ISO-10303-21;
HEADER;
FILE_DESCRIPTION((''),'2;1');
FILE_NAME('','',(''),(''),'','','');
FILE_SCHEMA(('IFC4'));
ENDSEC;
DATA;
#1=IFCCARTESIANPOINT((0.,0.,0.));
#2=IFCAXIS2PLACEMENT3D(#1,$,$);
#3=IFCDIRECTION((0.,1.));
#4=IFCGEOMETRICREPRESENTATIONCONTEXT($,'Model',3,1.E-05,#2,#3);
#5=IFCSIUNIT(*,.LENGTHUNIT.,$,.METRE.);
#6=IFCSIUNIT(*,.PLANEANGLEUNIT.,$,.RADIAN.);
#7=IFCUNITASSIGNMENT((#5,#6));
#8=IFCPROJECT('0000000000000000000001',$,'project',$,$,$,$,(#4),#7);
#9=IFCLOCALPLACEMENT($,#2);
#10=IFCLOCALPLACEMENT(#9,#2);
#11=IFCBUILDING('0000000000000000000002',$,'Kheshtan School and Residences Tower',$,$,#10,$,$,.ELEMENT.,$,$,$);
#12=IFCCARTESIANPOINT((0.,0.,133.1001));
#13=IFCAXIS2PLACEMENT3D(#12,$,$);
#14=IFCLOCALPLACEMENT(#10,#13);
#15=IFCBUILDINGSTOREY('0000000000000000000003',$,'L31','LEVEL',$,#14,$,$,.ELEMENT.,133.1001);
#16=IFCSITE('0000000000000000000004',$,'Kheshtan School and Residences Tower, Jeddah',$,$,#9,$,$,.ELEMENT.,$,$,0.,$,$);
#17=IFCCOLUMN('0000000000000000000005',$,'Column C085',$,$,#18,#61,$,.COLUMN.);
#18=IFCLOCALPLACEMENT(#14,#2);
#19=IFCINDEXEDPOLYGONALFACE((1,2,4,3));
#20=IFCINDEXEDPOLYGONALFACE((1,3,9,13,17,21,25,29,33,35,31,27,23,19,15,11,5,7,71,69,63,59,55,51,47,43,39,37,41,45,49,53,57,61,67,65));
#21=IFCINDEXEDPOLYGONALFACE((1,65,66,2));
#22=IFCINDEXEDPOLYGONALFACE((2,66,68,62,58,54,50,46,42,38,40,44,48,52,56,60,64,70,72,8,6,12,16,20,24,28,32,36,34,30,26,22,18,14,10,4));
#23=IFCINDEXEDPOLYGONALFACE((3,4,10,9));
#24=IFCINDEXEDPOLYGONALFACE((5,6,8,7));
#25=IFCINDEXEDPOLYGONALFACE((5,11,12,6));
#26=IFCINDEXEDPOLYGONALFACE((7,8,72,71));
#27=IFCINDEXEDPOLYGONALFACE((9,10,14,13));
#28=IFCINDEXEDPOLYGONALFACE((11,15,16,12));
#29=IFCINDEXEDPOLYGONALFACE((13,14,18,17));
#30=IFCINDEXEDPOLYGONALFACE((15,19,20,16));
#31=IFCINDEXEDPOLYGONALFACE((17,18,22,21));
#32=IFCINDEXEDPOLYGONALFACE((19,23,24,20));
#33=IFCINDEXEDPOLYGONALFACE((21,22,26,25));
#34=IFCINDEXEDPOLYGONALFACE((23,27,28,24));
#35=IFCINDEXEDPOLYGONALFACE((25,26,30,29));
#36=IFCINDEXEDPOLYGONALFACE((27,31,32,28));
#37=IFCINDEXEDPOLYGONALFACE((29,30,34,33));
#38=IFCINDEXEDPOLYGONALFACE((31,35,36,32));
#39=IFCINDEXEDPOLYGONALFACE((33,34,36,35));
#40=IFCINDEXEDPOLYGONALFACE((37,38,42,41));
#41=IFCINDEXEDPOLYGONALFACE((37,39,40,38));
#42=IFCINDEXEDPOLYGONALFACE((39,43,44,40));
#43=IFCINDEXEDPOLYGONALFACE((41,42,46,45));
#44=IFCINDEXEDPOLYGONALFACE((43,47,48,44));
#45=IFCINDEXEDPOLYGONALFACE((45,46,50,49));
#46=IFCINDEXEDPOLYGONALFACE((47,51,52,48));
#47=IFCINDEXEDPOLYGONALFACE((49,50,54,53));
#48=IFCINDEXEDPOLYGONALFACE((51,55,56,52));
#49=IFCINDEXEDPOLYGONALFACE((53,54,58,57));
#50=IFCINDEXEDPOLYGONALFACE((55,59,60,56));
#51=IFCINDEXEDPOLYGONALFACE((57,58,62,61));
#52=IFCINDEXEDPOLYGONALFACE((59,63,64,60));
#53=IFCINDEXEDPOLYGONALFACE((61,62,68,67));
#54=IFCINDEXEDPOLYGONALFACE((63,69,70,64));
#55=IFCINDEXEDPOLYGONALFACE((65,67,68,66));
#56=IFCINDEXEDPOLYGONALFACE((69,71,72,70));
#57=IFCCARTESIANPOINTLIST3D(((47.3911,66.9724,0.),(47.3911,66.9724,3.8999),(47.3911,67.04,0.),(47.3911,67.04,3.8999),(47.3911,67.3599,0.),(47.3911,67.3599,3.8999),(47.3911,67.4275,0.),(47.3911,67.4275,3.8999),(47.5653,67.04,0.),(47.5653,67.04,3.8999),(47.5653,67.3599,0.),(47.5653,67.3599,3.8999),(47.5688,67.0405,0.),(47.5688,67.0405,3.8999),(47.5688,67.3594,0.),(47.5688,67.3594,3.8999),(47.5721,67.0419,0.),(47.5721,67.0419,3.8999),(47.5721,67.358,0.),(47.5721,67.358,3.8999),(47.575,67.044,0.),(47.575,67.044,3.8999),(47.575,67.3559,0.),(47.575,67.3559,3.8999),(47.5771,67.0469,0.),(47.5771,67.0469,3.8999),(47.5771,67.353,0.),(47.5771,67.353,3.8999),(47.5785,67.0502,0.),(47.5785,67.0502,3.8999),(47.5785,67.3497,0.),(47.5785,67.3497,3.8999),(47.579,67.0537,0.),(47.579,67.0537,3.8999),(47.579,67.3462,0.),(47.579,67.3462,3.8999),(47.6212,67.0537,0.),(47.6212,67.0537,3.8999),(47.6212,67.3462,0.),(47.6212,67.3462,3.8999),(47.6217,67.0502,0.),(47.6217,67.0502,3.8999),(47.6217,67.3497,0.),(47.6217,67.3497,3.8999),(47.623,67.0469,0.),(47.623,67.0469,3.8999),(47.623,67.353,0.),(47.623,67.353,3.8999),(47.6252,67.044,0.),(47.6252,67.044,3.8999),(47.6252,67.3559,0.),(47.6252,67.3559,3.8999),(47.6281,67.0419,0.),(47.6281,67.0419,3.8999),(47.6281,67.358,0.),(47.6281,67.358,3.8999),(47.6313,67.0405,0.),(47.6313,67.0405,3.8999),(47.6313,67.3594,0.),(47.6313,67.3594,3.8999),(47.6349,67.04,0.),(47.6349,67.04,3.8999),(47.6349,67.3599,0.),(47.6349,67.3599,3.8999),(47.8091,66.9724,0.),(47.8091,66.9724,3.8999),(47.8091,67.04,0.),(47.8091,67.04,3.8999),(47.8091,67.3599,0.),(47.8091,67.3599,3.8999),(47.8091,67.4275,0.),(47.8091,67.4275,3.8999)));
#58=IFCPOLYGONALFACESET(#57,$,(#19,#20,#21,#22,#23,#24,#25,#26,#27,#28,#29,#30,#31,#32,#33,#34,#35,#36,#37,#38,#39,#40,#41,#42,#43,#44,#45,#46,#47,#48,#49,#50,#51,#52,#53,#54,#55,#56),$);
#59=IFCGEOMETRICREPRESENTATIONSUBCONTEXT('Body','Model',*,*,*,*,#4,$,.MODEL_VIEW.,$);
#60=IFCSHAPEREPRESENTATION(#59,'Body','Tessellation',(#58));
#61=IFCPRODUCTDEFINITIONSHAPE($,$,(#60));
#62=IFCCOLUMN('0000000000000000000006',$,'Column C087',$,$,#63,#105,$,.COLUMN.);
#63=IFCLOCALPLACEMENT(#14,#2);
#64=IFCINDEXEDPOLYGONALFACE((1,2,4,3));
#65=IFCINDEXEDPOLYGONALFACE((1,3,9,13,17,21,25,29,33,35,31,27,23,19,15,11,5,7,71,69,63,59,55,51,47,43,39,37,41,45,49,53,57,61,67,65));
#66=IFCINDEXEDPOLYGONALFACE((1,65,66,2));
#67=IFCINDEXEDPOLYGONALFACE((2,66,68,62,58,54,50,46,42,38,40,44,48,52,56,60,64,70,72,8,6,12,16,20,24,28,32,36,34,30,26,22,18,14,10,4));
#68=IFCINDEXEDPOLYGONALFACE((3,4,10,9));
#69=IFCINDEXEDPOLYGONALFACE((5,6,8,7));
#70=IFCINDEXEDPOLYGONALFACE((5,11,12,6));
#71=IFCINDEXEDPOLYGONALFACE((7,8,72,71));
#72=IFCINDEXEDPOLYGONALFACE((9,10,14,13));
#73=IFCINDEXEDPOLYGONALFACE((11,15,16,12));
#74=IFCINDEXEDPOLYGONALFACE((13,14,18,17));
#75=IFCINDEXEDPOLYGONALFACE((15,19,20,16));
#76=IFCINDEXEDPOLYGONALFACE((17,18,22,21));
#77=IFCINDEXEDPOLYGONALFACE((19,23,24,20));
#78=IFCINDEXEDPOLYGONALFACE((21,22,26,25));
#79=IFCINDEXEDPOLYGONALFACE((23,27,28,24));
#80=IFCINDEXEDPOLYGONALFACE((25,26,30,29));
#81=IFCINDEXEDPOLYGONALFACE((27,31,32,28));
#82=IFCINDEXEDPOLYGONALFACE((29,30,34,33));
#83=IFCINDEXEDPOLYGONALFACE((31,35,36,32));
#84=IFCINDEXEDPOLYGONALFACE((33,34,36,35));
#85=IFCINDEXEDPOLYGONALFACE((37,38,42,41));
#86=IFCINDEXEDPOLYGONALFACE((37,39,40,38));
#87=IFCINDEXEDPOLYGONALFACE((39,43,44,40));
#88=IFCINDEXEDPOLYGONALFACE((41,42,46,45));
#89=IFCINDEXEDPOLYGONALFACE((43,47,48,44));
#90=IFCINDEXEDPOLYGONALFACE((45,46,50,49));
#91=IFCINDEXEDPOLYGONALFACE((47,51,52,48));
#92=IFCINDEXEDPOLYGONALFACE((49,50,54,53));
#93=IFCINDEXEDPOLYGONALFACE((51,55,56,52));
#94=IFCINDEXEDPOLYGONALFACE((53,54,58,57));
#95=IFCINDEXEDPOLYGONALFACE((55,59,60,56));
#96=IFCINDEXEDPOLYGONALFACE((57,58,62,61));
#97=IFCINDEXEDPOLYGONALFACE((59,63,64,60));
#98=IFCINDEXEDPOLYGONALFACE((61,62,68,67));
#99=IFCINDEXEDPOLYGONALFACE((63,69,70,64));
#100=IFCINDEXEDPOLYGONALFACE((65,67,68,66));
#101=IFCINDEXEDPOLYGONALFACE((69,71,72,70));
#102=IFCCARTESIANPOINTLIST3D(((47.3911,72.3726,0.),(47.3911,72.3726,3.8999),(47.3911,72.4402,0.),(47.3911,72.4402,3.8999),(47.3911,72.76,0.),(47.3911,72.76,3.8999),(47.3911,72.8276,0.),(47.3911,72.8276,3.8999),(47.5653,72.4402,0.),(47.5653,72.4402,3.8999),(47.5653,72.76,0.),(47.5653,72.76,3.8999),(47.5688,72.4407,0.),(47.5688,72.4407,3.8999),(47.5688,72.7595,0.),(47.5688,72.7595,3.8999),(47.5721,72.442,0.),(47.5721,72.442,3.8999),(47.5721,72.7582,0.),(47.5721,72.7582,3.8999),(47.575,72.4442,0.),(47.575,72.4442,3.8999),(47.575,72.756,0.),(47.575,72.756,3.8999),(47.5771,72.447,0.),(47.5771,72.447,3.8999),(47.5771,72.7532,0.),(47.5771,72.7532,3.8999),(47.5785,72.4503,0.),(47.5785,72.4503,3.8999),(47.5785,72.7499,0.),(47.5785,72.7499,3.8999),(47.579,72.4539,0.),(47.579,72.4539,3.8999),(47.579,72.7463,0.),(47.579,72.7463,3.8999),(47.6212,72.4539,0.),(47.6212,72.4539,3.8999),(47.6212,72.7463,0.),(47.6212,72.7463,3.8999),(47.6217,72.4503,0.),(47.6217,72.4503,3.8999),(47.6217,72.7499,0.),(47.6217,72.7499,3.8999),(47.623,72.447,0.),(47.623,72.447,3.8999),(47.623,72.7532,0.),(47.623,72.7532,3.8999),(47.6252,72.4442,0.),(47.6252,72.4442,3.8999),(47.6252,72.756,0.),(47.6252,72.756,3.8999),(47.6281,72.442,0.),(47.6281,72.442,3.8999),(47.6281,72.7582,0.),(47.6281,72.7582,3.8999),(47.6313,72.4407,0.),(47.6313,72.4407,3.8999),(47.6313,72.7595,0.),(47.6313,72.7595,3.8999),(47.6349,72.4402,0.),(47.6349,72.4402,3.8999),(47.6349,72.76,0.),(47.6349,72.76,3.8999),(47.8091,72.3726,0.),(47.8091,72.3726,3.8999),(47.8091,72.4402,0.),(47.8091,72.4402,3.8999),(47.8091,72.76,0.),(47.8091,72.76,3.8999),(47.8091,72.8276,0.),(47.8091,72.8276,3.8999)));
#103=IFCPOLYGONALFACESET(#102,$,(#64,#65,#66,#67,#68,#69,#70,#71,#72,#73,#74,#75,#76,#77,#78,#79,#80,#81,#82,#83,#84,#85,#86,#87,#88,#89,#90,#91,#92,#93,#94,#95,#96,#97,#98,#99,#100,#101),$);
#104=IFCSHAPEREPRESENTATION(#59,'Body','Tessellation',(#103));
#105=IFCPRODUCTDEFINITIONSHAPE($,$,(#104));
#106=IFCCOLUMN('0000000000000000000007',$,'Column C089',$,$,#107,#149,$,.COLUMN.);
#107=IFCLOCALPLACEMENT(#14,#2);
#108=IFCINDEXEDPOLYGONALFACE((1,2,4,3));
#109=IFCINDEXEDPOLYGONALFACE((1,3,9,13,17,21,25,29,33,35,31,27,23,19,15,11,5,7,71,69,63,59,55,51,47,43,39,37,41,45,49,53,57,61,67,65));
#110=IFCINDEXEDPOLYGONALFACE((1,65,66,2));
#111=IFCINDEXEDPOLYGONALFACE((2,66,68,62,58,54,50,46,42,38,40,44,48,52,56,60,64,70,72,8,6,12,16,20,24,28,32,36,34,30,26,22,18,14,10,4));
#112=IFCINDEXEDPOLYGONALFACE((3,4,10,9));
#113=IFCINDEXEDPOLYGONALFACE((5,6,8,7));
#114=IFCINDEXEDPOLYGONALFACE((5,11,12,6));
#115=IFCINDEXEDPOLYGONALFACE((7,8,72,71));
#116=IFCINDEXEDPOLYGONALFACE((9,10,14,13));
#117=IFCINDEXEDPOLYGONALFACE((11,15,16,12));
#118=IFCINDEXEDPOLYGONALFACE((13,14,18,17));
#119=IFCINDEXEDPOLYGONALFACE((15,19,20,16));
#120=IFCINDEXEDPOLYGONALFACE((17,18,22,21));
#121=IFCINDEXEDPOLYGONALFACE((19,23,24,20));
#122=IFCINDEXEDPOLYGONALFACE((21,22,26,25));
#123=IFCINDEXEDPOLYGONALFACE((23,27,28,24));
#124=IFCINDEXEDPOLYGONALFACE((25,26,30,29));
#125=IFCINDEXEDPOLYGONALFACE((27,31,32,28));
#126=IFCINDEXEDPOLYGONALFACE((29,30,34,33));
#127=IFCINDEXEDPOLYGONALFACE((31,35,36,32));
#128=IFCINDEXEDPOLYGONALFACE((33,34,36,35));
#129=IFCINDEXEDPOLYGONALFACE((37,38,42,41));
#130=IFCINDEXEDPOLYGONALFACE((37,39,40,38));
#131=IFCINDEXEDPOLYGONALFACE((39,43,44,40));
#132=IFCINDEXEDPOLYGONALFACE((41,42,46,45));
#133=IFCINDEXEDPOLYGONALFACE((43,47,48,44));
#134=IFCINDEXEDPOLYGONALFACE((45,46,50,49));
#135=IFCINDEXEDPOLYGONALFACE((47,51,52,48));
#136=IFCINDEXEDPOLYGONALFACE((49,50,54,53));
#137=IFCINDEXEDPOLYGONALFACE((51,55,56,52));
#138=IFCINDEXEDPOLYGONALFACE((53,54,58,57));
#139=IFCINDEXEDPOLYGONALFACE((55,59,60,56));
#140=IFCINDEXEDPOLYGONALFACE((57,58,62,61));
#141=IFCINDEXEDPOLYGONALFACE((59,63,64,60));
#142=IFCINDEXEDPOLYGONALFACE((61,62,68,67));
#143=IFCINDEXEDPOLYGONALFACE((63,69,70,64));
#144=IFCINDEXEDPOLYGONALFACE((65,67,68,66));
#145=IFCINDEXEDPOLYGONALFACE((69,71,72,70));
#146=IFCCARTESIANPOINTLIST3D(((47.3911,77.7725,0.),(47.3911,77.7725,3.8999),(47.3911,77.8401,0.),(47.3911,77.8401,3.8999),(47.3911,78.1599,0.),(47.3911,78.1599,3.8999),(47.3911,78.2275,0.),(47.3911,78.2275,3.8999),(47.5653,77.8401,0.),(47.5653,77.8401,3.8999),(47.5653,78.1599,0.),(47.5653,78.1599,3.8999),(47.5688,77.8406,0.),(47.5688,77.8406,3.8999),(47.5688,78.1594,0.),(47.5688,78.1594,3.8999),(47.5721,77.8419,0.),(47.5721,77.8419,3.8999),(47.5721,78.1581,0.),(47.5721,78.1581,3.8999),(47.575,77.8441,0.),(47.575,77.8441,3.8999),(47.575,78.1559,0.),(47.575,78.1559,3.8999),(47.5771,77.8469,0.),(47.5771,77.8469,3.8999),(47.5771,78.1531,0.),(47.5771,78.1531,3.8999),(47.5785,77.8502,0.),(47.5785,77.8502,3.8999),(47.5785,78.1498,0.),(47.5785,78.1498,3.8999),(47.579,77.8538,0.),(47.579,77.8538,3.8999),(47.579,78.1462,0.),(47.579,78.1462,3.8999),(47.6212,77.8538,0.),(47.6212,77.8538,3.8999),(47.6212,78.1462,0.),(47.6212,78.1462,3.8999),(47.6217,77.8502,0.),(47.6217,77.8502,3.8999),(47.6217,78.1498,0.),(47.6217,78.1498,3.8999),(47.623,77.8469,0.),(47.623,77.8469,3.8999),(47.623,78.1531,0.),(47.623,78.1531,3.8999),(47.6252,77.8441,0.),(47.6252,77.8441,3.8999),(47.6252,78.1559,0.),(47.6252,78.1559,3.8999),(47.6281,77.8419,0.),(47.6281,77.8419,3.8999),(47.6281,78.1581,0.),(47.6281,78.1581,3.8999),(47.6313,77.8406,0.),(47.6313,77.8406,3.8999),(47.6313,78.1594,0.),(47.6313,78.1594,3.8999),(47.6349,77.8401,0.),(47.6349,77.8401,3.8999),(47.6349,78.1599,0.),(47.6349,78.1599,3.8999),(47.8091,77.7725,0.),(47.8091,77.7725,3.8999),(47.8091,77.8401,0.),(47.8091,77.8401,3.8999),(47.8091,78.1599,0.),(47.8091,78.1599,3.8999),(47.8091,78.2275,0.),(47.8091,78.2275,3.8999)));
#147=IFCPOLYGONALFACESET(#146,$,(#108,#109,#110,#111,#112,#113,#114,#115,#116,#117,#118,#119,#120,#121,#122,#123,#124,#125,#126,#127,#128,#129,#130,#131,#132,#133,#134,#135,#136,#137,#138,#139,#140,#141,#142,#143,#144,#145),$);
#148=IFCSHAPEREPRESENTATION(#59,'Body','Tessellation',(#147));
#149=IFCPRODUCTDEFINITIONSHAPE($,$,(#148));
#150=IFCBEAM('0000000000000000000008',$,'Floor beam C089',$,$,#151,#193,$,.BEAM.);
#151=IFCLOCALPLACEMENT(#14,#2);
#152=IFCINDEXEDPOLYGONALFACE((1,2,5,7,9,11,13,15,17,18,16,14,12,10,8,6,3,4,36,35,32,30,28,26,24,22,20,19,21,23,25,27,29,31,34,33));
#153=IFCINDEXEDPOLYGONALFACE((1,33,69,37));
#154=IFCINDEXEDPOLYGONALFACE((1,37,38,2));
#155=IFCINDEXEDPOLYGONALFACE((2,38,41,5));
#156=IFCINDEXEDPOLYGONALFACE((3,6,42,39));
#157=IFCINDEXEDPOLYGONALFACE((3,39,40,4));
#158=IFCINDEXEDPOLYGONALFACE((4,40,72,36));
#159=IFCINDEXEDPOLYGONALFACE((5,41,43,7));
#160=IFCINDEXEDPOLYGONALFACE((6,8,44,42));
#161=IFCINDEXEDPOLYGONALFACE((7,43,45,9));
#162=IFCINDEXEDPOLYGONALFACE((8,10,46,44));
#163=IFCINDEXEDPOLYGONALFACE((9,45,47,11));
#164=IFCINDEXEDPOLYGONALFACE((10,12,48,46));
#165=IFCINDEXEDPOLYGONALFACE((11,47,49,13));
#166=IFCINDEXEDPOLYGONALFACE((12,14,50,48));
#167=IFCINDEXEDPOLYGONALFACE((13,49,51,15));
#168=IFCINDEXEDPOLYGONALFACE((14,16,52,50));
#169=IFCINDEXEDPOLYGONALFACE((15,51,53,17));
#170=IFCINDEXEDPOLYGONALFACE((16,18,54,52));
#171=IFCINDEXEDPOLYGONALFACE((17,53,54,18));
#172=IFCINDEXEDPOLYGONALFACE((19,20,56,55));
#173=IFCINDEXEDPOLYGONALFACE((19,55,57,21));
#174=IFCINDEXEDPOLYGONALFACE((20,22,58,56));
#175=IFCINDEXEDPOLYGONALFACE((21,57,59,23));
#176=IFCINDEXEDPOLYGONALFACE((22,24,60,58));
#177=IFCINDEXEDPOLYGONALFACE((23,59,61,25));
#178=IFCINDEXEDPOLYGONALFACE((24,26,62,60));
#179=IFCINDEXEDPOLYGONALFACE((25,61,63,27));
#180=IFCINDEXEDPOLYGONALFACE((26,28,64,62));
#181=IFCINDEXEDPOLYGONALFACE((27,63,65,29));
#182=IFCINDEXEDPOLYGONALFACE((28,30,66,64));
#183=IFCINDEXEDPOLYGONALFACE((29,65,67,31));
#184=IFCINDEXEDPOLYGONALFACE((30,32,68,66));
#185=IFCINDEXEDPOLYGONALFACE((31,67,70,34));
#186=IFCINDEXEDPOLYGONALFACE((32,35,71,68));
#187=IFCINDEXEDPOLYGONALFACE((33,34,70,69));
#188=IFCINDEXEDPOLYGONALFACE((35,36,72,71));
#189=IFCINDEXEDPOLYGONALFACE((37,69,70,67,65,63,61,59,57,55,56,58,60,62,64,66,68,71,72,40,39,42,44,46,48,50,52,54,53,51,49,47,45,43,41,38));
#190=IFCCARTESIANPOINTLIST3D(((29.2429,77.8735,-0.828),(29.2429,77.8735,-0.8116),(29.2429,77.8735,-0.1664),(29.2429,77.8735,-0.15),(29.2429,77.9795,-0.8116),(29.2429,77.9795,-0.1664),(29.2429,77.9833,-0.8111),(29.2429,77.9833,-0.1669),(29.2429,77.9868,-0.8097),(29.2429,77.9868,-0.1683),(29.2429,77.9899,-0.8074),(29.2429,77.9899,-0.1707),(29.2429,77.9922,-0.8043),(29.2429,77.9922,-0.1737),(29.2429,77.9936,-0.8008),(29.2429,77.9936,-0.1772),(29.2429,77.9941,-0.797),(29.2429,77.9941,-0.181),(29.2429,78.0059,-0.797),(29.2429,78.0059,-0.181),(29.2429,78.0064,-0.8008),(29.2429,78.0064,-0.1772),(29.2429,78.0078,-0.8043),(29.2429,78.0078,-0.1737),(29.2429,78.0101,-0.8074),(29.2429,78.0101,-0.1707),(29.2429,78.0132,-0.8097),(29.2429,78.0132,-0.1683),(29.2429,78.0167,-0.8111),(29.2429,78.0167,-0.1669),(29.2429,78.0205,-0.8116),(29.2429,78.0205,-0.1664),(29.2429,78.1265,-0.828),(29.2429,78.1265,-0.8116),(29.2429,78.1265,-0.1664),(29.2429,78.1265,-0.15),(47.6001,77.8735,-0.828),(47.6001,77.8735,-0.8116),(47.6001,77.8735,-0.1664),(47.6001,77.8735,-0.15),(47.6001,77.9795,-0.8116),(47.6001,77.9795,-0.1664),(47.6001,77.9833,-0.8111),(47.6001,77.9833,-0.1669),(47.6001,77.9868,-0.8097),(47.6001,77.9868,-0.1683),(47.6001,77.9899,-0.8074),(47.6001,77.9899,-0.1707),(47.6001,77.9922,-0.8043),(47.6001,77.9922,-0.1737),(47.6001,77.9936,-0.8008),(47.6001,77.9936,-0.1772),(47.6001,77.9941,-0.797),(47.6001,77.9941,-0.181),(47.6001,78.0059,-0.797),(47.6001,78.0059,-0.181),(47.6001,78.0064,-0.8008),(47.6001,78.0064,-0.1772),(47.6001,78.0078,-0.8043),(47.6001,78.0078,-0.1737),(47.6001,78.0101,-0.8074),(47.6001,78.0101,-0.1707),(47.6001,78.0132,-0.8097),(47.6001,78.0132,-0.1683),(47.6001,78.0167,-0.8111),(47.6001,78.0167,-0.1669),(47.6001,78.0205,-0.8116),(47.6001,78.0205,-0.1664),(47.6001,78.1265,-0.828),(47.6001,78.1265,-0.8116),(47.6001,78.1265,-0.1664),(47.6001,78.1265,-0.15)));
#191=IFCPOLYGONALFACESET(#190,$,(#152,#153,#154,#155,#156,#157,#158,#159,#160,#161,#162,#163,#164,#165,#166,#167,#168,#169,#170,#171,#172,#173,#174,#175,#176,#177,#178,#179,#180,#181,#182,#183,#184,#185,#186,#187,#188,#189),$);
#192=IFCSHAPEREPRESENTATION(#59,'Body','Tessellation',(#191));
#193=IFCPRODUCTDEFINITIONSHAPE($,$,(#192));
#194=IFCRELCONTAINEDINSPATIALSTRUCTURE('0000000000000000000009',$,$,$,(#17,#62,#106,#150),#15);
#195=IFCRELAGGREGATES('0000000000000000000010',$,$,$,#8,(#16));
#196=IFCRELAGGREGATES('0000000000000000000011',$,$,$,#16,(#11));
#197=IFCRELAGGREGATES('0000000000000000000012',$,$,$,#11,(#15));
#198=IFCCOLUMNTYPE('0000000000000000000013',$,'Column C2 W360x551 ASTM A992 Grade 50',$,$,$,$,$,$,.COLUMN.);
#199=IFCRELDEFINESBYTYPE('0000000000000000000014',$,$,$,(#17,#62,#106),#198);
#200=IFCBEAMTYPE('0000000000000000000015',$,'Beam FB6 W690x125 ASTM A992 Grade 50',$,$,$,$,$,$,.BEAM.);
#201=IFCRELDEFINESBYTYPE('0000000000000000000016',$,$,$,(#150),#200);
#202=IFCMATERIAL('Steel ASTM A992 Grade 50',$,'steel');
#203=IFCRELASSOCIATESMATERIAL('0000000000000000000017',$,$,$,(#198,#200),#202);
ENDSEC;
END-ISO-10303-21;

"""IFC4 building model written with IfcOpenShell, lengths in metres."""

from ifc_helpers import new_model, si_unit, direction, frame, origin, origin_2d, place, context, subcontext, project, spatial, i_section, extrude, material, material_profile, profile_set, type_object, element, save


model = new_model("IFC4")

# Units and contexts
model_context = context("Model", 3, precision=1e-05, world=origin(), true_north=direction((0.0, 1.0)))
body_context = subcontext(model_context, "Body", "Model", "MODEL_VIEW")
ifc_project = project(units=[si_unit("LENGTHUNIT", "METRE"), si_unit("PLANEANGLEUNIT", "RADIAN")], contexts=[model_context])

# Site, building, storey
site_placement = place(None, origin())
site = spatial("IfcSite", under=ifc_project, at=site_placement, Name="Kheshtan School and Residences Tower, Jeddah", CompositionType="ELEMENT", RefElevation=0.0)
building_placement = place(site_placement, origin())
building = spatial("IfcBuilding", under=site, at=building_placement, Name="Kheshtan School and Residences Tower", CompositionType="ELEMENT")
storey_placement = place(building_placement, frame((0.0, 0.0, 133.1001)))
storey = spatial("IfcBuildingStorey", under=building, at=storey_placement, Name="L31", Description="LEVEL", CompositionType="ELEMENT", Elevation=133.1001)

# Columns
ifc_material_1 = material(Name="Steel ASTM A992 Grade 50", Category="steel")
ifc_material_profile_1 = material_profile(ifc_material_1, i_section(OverallWidth=0.418, OverallDepth=0.4551, WebThickness=0.0422, FlangeThickness=0.0676, FilletRadius=0.0137, at=origin_2d()), Name="W360x551")
ifc_profile_set_1 = profile_set([ifc_material_profile_1], Name="Steel ASTM A992 Grade 50")
column_type = type_object("IfcColumnType", Name="Column C2 W360x551 ASTM A992 Grade 50", PredefinedType="COLUMN", material=ifc_profile_set_1)
for number, where, z_axis, x_axis, name in (
    (1, (47.6001, 67.2, 0.0), (0.0, 0.0, 1.0), (1.0, 0.0, 0.0), "Column C085"),
    (2, (47.6001, 72.6001, 0.0), (0.0, 0.0, 1.0), (1.0, 0.0, 0.0), "Column C087"),
    (3, (47.6001, 78.0, 0.0), (0.0, 0.0, 1.0), (1.0, 0.0, 0.0), "Column C089"),
):
    element("IfcColumn", number, at=place(storey_placement, frame(where, z_axis=z_axis, x_axis=x_axis)), inside=storey, type_object=column_type, Name=name, PredefinedType="COLUMN", context=body_context, shape_type="SweptSolid", body=[
        extrude(i_section(OverallWidth=0.418, OverallDepth=0.4551, WebThickness=0.0422, FlangeThickness=0.0676, FilletRadius=0.0137, at=origin_2d()), origin(), (0.0, 0.0, 1.0), 3.8999),
    ])

# Beam
ifc_material_profile_2 = material_profile(ifc_material_1, i_section(OverallWidth=0.2529, OverallDepth=0.678, WebThickness=0.0117, FlangeThickness=0.0164, FilletRadius=0.0146, at=origin_2d()), Name="W690x125")
ifc_profile_set_2 = profile_set([ifc_material_profile_2], Name="Steel ASTM A992 Grade 50")
beam_type_1 = type_object("IfcBeamType", Name="Beam FB6 W690x125 ASTM A992 Grade 50", PredefinedType="BEAM", material=ifc_profile_set_2)
beam_1_placement = place(storey_placement, frame((47.6001, 78.0, -0.489), z_axis=(-1.0, 0.0, 0.0), x_axis=(0.0, -1.0, 0.0)))
element("IfcBeam", 4, at=beam_1_placement, inside=storey, type_object=beam_type_1, Name="Floor beam C089", PredefinedType="BEAM", context=body_context, shape_type="SweptSolid", body=[
    extrude(i_section(OverallWidth=0.2529, OverallDepth=0.678, WebThickness=0.0117, FlangeThickness=0.0164, FilletRadius=0.0146, at=origin_2d()), origin(), (0.0, 0.0, 1.0), 18.3572),
])

save(model, "model.ifc")
